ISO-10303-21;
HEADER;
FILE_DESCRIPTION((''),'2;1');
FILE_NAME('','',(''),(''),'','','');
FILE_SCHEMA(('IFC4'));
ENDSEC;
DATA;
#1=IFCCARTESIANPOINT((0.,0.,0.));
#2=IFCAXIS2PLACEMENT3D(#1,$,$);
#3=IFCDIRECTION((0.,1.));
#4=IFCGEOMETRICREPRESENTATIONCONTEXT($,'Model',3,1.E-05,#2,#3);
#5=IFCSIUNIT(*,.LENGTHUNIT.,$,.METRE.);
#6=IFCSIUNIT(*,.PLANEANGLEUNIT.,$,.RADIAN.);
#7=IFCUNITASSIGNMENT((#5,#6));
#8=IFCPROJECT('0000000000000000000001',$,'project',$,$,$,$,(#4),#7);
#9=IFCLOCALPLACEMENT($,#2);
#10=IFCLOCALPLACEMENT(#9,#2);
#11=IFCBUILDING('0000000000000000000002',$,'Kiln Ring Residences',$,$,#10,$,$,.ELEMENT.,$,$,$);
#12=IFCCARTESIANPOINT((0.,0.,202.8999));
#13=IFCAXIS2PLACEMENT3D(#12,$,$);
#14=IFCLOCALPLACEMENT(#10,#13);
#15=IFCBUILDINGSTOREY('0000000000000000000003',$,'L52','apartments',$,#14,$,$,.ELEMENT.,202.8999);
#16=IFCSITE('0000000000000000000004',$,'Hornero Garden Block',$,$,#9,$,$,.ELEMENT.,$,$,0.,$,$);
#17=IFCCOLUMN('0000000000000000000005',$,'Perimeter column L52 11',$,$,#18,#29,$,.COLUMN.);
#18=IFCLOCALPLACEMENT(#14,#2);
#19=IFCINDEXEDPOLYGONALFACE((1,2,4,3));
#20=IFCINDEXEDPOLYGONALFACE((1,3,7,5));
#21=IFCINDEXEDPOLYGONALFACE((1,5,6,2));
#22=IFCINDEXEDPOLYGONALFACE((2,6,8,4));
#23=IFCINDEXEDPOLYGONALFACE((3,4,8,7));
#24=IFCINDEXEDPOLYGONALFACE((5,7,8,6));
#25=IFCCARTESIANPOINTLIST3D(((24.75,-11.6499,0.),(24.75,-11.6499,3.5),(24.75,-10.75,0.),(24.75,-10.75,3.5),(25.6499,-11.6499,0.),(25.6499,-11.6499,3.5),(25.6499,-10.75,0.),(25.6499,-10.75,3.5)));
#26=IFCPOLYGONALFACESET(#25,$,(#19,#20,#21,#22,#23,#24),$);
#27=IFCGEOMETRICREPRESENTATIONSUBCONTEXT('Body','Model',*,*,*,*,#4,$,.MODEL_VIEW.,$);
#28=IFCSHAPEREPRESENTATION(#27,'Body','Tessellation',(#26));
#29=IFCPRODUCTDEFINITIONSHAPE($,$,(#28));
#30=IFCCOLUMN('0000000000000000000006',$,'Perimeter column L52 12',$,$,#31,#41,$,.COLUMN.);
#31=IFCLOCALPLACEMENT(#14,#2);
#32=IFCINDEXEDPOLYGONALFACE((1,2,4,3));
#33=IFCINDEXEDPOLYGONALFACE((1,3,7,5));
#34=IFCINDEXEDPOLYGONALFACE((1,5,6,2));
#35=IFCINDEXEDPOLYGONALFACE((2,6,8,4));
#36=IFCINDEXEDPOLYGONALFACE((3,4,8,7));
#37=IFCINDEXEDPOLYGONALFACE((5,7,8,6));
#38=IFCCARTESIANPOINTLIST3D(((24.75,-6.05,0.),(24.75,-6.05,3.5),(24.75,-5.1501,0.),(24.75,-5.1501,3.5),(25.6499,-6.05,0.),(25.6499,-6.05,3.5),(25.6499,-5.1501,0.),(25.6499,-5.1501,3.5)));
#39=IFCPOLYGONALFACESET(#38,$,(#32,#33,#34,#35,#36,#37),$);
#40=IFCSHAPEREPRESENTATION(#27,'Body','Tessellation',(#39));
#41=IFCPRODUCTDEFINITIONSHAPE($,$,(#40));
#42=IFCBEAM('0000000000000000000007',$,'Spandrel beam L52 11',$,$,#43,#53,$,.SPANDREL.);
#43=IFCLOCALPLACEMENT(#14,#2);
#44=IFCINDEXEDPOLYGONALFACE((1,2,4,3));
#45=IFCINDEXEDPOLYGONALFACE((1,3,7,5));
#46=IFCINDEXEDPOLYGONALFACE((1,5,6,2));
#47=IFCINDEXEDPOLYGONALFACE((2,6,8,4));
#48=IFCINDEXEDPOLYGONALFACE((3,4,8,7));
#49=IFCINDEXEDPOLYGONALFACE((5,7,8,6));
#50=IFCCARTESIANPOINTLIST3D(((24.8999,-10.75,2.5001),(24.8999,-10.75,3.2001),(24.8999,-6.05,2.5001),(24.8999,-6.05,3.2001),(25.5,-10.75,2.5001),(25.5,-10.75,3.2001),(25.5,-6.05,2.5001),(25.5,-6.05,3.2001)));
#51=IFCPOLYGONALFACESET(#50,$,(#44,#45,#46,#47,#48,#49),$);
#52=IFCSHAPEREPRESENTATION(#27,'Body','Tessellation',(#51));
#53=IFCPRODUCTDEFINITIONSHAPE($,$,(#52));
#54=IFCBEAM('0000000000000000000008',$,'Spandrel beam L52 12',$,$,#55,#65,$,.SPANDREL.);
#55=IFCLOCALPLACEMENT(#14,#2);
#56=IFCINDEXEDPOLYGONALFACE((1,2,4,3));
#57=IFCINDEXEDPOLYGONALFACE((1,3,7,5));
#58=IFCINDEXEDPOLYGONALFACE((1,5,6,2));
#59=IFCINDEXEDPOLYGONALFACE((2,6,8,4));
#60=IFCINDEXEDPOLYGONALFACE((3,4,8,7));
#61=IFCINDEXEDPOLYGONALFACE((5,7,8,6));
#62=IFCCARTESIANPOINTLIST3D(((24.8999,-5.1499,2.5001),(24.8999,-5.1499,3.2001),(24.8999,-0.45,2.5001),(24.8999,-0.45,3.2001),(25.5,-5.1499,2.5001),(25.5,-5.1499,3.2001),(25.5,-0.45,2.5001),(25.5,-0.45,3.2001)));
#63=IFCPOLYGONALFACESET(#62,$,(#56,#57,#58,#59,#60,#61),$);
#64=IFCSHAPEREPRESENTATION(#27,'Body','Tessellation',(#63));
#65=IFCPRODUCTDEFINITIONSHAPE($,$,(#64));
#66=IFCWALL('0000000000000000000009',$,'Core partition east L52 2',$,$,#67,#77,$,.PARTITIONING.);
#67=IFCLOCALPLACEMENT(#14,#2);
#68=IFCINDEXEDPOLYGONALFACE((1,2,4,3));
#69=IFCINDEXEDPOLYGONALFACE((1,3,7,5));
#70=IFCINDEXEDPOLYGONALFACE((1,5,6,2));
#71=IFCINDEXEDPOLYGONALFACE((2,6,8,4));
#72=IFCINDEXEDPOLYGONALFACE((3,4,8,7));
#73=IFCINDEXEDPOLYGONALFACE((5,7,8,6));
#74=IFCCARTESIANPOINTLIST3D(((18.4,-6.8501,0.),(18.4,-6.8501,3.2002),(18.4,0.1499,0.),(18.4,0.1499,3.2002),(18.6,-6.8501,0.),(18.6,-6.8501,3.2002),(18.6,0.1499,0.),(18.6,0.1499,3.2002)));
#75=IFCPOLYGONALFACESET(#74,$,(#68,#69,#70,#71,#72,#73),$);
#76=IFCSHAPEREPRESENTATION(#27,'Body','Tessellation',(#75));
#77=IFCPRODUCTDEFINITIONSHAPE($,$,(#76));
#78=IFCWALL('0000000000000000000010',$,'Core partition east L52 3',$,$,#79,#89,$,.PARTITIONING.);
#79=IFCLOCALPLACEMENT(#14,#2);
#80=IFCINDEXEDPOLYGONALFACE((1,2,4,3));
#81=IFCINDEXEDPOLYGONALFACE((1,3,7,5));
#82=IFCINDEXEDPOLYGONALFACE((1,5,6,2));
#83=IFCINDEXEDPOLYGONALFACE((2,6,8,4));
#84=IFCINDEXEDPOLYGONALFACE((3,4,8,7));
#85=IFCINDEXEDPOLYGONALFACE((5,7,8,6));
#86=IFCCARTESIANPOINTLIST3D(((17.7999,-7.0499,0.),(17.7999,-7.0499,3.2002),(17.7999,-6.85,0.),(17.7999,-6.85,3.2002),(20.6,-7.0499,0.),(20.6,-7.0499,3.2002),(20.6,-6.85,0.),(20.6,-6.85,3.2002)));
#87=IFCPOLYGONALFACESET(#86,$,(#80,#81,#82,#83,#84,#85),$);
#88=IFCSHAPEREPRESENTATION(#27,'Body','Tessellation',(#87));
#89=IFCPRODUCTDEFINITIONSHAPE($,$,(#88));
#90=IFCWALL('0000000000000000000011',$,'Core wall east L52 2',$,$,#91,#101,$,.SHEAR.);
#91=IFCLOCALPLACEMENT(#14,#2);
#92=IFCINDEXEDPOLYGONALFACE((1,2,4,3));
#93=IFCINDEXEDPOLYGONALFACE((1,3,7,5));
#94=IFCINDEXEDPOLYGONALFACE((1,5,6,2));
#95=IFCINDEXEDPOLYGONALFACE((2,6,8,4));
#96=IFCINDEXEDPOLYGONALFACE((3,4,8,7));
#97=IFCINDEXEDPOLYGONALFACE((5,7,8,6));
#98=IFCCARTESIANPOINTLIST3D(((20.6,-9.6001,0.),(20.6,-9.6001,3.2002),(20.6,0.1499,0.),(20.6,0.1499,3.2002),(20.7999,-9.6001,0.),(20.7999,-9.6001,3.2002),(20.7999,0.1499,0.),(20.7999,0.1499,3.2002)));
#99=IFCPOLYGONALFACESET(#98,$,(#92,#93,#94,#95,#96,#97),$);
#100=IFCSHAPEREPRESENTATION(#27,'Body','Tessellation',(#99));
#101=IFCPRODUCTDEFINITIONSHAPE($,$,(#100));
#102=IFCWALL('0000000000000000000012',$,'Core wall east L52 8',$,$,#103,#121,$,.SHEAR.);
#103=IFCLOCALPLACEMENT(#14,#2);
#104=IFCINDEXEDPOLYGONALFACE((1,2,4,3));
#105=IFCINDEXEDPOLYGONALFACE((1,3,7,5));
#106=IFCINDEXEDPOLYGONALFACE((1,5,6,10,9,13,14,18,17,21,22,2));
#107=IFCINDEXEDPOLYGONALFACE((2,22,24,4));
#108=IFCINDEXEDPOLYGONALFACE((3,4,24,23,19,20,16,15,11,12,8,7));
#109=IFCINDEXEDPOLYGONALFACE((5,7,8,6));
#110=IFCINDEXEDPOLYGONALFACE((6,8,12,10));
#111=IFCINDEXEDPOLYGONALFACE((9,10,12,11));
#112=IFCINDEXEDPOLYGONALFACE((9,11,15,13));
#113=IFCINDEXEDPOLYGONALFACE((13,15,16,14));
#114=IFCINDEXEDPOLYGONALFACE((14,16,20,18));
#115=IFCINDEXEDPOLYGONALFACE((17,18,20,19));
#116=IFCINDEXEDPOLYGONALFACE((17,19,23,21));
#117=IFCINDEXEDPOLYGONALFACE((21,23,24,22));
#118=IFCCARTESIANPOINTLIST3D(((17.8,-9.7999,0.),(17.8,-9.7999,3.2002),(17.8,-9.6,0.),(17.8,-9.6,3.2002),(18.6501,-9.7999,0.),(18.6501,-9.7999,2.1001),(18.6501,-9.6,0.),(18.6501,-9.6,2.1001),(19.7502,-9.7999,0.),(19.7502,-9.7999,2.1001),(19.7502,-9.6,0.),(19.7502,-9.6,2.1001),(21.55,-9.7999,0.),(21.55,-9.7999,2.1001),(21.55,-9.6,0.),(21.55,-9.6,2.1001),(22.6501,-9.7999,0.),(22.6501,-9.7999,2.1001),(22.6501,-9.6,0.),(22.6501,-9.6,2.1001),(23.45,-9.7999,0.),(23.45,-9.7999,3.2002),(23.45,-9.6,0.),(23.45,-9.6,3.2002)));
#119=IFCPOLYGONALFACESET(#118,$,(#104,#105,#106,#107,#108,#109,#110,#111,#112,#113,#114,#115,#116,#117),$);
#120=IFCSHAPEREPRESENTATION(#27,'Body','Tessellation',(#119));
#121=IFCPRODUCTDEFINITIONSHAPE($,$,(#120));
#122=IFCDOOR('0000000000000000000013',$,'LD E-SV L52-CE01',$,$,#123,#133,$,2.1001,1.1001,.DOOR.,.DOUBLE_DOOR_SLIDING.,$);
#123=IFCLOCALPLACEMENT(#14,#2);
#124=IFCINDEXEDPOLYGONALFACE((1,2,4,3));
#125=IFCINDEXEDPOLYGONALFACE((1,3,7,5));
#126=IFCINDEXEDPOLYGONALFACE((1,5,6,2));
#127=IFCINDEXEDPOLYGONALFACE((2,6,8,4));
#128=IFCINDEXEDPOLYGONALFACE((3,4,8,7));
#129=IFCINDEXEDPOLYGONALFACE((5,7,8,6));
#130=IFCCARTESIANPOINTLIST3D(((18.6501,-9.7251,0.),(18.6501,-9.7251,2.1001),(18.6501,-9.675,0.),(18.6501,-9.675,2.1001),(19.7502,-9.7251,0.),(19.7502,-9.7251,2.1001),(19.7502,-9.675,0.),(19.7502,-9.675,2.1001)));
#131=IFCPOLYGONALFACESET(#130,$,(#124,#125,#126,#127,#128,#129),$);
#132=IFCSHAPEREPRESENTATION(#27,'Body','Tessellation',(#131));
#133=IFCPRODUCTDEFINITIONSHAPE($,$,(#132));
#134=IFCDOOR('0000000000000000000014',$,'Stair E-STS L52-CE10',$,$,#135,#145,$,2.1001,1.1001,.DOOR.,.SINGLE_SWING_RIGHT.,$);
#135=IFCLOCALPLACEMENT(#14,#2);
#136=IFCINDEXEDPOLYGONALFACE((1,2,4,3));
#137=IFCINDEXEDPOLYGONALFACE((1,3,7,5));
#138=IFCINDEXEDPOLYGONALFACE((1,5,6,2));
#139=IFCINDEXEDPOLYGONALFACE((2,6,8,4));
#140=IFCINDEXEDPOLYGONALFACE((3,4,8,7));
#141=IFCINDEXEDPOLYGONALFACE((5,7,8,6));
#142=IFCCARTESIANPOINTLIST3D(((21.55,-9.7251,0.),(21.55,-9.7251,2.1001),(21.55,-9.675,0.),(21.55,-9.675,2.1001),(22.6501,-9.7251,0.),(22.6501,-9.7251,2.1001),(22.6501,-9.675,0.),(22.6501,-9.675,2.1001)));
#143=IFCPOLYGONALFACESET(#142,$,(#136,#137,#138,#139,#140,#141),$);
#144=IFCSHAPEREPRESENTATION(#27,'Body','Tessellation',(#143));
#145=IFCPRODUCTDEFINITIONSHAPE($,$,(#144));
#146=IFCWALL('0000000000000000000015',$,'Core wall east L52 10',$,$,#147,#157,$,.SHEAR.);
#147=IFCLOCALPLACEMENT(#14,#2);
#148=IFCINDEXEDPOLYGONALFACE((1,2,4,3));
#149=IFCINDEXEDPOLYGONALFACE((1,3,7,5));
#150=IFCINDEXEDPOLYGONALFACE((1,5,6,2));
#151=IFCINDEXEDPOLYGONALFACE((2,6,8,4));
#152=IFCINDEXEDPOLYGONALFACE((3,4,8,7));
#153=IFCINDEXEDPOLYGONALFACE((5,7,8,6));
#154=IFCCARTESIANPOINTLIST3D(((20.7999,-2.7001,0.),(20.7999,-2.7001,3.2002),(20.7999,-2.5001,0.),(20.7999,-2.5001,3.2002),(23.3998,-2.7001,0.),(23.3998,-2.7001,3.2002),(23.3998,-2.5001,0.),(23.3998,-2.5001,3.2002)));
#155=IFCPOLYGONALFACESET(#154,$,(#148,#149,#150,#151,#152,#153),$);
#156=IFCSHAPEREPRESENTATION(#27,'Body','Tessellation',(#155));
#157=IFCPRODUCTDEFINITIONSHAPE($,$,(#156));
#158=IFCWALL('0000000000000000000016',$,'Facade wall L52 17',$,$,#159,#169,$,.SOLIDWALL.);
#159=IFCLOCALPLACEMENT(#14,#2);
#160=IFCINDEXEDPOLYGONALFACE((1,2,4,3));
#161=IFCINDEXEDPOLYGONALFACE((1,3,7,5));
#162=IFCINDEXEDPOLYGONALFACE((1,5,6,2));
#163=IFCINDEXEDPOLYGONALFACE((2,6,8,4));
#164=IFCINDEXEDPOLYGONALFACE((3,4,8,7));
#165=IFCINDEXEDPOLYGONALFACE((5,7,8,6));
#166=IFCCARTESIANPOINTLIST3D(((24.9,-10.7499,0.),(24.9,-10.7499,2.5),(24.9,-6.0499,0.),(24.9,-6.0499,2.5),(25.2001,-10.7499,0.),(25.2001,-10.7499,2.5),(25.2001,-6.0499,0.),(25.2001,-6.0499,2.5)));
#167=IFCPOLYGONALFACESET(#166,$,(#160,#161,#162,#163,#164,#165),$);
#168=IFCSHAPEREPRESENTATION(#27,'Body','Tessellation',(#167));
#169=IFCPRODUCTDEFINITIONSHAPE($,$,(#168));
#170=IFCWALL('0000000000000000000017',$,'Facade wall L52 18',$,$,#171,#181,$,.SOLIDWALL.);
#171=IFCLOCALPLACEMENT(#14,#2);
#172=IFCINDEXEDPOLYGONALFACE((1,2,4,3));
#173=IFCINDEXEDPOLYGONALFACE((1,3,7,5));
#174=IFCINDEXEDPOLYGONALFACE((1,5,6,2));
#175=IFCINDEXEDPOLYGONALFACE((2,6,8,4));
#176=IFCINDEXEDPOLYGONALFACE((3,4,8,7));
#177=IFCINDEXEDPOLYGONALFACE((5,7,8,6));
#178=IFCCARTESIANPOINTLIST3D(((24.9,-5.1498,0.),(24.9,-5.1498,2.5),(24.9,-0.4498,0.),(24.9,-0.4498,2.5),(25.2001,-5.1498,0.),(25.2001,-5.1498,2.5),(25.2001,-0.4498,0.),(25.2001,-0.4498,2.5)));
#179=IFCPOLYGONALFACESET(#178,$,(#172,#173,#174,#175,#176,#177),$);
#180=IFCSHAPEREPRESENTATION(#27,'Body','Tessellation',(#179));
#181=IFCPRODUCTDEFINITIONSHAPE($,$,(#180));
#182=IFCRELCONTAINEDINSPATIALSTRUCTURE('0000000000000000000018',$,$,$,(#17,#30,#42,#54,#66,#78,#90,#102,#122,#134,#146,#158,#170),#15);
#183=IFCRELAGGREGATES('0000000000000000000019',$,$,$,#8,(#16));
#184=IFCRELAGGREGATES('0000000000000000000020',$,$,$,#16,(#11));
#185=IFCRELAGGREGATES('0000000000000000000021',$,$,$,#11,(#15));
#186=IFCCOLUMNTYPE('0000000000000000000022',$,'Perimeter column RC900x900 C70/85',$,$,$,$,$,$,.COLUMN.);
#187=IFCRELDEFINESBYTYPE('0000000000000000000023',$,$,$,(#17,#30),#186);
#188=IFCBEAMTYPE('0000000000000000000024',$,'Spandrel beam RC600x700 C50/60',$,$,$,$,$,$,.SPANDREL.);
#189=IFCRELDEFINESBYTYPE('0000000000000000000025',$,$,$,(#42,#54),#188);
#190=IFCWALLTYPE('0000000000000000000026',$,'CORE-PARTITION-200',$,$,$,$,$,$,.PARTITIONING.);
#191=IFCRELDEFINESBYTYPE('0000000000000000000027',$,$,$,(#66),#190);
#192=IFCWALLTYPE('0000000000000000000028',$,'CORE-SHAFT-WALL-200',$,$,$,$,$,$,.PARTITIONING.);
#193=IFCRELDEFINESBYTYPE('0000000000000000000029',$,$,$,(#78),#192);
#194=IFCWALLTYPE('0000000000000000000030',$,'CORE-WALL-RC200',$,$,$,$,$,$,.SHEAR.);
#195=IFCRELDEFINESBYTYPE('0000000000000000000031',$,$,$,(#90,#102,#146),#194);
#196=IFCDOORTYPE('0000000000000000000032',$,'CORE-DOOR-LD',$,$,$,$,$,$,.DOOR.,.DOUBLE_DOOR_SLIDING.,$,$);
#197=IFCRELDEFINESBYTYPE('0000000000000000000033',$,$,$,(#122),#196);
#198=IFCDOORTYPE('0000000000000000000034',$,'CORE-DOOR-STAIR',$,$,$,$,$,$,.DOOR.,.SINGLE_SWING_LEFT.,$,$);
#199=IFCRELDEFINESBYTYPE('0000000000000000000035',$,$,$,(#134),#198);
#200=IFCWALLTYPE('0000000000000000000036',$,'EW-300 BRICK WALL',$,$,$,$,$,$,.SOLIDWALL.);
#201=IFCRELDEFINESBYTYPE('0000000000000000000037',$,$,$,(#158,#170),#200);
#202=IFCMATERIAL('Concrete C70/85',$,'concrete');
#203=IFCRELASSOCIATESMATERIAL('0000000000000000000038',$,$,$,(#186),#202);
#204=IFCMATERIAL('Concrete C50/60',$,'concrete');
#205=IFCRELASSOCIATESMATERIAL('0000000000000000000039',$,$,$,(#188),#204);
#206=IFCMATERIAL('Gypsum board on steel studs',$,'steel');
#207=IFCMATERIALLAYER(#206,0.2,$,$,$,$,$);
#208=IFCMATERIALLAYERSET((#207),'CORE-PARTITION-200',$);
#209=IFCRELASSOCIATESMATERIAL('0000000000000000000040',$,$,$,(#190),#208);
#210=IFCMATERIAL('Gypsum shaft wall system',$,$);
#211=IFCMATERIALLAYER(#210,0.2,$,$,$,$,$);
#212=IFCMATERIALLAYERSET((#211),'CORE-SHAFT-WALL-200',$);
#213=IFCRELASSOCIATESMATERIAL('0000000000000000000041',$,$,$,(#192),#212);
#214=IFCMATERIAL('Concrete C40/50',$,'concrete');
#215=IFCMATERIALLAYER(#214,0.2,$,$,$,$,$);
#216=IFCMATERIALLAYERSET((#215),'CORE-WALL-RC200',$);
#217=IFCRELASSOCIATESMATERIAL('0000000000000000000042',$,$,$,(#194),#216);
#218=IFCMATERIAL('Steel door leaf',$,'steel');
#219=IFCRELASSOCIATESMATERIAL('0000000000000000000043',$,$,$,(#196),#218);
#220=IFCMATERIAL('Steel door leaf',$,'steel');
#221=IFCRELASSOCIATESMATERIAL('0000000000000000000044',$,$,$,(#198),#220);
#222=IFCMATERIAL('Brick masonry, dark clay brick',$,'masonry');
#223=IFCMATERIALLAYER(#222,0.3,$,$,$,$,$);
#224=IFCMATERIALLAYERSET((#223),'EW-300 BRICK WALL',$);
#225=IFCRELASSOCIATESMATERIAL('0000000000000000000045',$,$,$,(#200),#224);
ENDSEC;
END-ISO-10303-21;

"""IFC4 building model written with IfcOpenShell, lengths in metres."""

from ifc_helpers import new_model, si_unit, direction, frame, frame_2d, origin, origin_2d, place, context, subcontext, project, spatial, rectangle, extrude, material, layer, layer_set, material_profile, profile_set, type_object, element, fill, save


model = new_model("IFC4")

# Units and contexts
model_context = context("Model", 3, precision=1e-05, world=origin(), true_north=direction((0.0, 1.0)))
body_context = subcontext(model_context, "Body", "Model", "MODEL_VIEW")
ifc_project = project(units=[si_unit("LENGTHUNIT", "METRE"), si_unit("PLANEANGLEUNIT", "RADIAN")], contexts=[model_context])

# Site, building, storey
site_placement = place(None, origin())
site = spatial("IfcSite", under=ifc_project, at=site_placement, Name="Hornero Garden Block", CompositionType="ELEMENT", RefElevation=0.0)
building_placement = place(site_placement, origin())
building = spatial("IfcBuilding", under=site, at=building_placement, Name="Kiln Ring Residences", CompositionType="ELEMENT")
storey_placement = place(building_placement, frame((0.0, 0.0, 202.8999)))
storey = spatial("IfcBuildingStorey", under=building, at=storey_placement, Name="L52", Description="apartments", CompositionType="ELEMENT", Elevation=202.8999)

# Columns
ifc_material_1 = material(Name="Concrete C70/85", Category="concrete")
ifc_material_profile_1 = material_profile(ifc_material_1, rectangle(XDim=0.8999, YDim=0.8999, at=origin_2d()), Name="RC900x900")
ifc_profile_set_1 = profile_set([ifc_material_profile_1], Name="Concrete C70/85")
column_type = type_object("IfcColumnType", Name="Perimeter column RC900x900 C70/85", PredefinedType="COLUMN", material=ifc_profile_set_1)
for number, where, z_axis, x_axis, name in (
    (1, (25.2, -11.2, 0.0), (0.0, 0.0, 1.0), (1.0, 0.0, 0.0), "Perimeter column L52 11"),
    (2, (25.2, -5.6001, 0.0), (0.0, 0.0, 1.0), (1.0, 0.0, 0.0), "Perimeter column L52 12"),
):
    element("IfcColumn", number, at=place(storey_placement, frame(where, z_axis=z_axis, x_axis=x_axis)), inside=storey, type_object=column_type, Name=name, PredefinedType="COLUMN", context=body_context, shape_type="SweptSolid", body=[
        extrude(rectangle(XDim=0.8999, YDim=0.8999, at=origin_2d()), origin(), (0.0, 0.0, 1.0), 3.5),
    ])

# Beams
ifc_material_2 = material(Name="Concrete C50/60", Category="concrete")
ifc_material_profile_2 = material_profile(ifc_material_2, rectangle(XDim=0.6001, YDim=0.7, at=origin_2d()), Name="RC600x700")
ifc_profile_set_2 = profile_set([ifc_material_profile_2], Name="Concrete C50/60")
beam_type = type_object("IfcBeamType", Name="Spandrel beam RC600x700 C50/60", PredefinedType="SPANDREL", material=ifc_profile_set_2)
for number, where, z_axis, x_axis, name in (
    (3, (25.2, -10.75, 2.8501), (0.0, 1.0, 0.0), (-1.0, 0.0, 0.0), "Spandrel beam L52 11"),
    (4, (25.2, -5.1499, 2.8501), (0.0, 1.0, 0.0), (-1.0, 0.0, 0.0), "Spandrel beam L52 12"),
):
    element("IfcBeam", number, at=place(storey_placement, frame(where, z_axis=z_axis, x_axis=x_axis)), inside=storey, type_object=beam_type, Name=name, PredefinedType="SPANDREL", context=body_context, shape_type="SweptSolid", body=[
        extrude(rectangle(XDim=0.6001, YDim=0.7, at=origin_2d()), origin(), (0.0, 0.0, 1.0), 4.7),
    ])

# Walls
ifc_material_3 = material(Name="Gypsum board on steel studs", Category="steel")
ifc_layer_1 = layer(ifc_material_3, 0.2)
ifc_layer_set_1 = layer_set([ifc_layer_1], Name="CORE-PARTITION-200")
wall_type_1 = type_object("IfcWallType", Name="CORE-PARTITION-200", PredefinedType="PARTITIONING", material=ifc_layer_set_1)
wall_1_placement = place(storey_placement, frame((18.5, -6.8501, 0.0), z_axis=(0.0, 0.0, 1.0), x_axis=(0.0, 1.0, 0.0)))
element("IfcWall", 5, at=wall_1_placement, inside=storey, type_object=wall_type_1, Name="Core partition east L52 2", PredefinedType="PARTITIONING", context=body_context, shape_type="SweptSolid", body=[
    extrude(rectangle(XDim=7.0, YDim=0.2, at=frame_2d((3.5, 0.0))), origin(), (0.0, 0.0, 1.0), 3.2002),
])
ifc_material_4 = material(Name="Gypsum shaft wall system")
ifc_layer_2 = layer(ifc_material_4, 0.2)
ifc_layer_set_2 = layer_set([ifc_layer_2], Name="CORE-SHAFT-WALL-200")
wall_type_2 = type_object("IfcWallType", Name="CORE-SHAFT-WALL-200", PredefinedType="PARTITIONING", material=ifc_layer_set_2)
wall_2_placement = place(storey_placement, frame((17.8, -6.95, 0.0), z_axis=(0.0, 0.0, 1.0), x_axis=(1.0, 0.0, 0.0)))
element("IfcWall", 6, at=wall_2_placement, inside=storey, type_object=wall_type_2, Name="Core partition east L52 3", PredefinedType="PARTITIONING", context=body_context, shape_type="SweptSolid", body=[
    extrude(rectangle(XDim=2.8, YDim=0.2, at=frame_2d((1.3999, 0.0))), origin(), (0.0, 0.0, 1.0), 3.2002),
])
ifc_material_5 = material(Name="Concrete C40/50", Category="concrete")
ifc_layer_3 = layer(ifc_material_5, 0.2)
ifc_layer_set_3 = layer_set([ifc_layer_3], Name="CORE-WALL-RC200")
wall_type_3 = type_object("IfcWallType", Name="CORE-WALL-RC200", PredefinedType="SHEAR", material=ifc_layer_set_3)
wall_3_placement = place(storey_placement, frame((20.7, -9.6001, 0.0), z_axis=(0.0, 0.0, 1.0), x_axis=(0.0, 1.0, 0.0)))
element("IfcWall", 7, at=wall_3_placement, inside=storey, type_object=wall_type_3, Name="Core wall east L52 2", PredefinedType="SHEAR", context=body_context, shape_type="SweptSolid", body=[
    extrude(rectangle(XDim=9.75, YDim=0.2, at=frame_2d((4.875, 0.0))), origin(), (0.0, 0.0, 1.0), 3.2002),
])

# Wall, openings, doors
wall_4_placement = place(storey_placement, frame((17.8, -9.7, 0.0), z_axis=(0.0, 0.0, 1.0), x_axis=(1.0, 0.0, 0.0)))
wall_4 = element("IfcWall", 8, at=wall_4_placement, inside=storey, type_object=wall_type_3, Name="Core wall east L52 8", PredefinedType="SHEAR", context=body_context, shape_type="SweptSolid", body=[
    extrude(rectangle(XDim=5.6499, YDim=0.2, at=frame_2d((2.825, 0.0))), origin(), (0.0, 0.0, 1.0), 3.2002),
])
opening_1_placement = place(wall_4_placement, frame((0.8501, 0.0, 0.0)))
opening_1 = element("IfcOpeningElement", 9, at=opening_1_placement, cuts=wall_4, PredefinedType="OPENING", context=body_context, shape_type="SweptSolid", body=[
    extrude(rectangle(XDim=1.1001, YDim=2.1001, at=frame_2d((0.55, 1.05))), frame((0.0, 0.1099, 0.0), z_axis=(0.0, -1.0, 0.0), x_axis=(1.0, 0.0, 0.0)), (0.0, 0.0, 1.0), 0.22),
])
opening_2_placement = place(wall_4_placement, frame((3.75, 0.0, 0.0)))
opening_2 = element("IfcOpeningElement", 10, at=opening_2_placement, cuts=wall_4, PredefinedType="OPENING", context=body_context, shape_type="SweptSolid", body=[
    extrude(rectangle(XDim=1.1001, YDim=2.1001, at=frame_2d((0.55, 1.05))), frame((0.0, 0.1099, 0.0), z_axis=(0.0, -1.0, 0.0), x_axis=(1.0, 0.0, 0.0)), (0.0, 0.0, 1.0), 0.22),
])
ifc_material_6 = material(Name="Steel door leaf", Category="steel")
door_type_1 = type_object("IfcDoorType", Name="CORE-DOOR-LD", OperationType="DOUBLE_DOOR_SLIDING", PredefinedType="DOOR", material=ifc_material_6)
door_1_placement = place(opening_1_placement, origin())
door_1 = element("IfcDoor", 11, at=door_1_placement, inside=storey, type_object=door_type_1, Name="LD E-SV L52-CE01", OperationType="DOUBLE_DOOR_SLIDING", OverallHeight=2.1001, OverallWidth=1.1001, PredefinedType="DOOR", context=body_context, shape_type="SweptSolid", body=[
    extrude(rectangle(XDim=1.1001, YDim=2.1001, at=frame_2d((0.55, 1.05))), frame((0.0, 0.0249, 0.0), z_axis=(0.0, -1.0, 0.0), x_axis=(1.0, 0.0, 0.0)), (0.0, 0.0, 1.0), 0.05),
])
fill(opening_1, door_1)
ifc_material_7 = material(Name="Steel door leaf", Category="steel")
door_type_2 = type_object("IfcDoorType", Name="CORE-DOOR-STAIR", OperationType="SINGLE_SWING_LEFT", PredefinedType="DOOR", material=ifc_material_7)
door_2_placement = place(opening_2_placement, origin())
door_2 = element("IfcDoor", 12, at=door_2_placement, inside=storey, type_object=door_type_2, Name="Stair E-STS L52-CE10", OperationType="SINGLE_SWING_RIGHT", OverallHeight=2.1001, OverallWidth=1.1001, PredefinedType="DOOR", context=body_context, shape_type="SweptSolid", body=[
    extrude(rectangle(XDim=1.1001, YDim=2.1001, at=frame_2d((0.55, 1.05))), frame((0.0, 0.0249, 0.0), z_axis=(0.0, -1.0, 0.0), x_axis=(1.0, 0.0, 0.0)), (0.0, 0.0, 1.0), 0.05),
])
fill(opening_2, door_2)

# Walls
wall_5_placement = place(storey_placement, frame((20.8, -2.6001, 0.0), z_axis=(0.0, 0.0, 1.0), x_axis=(1.0, 0.0, 0.0)))
element("IfcWall", 13, at=wall_5_placement, inside=storey, type_object=wall_type_3, Name="Core wall east L52 10", PredefinedType="SHEAR", context=body_context, shape_type="SweptSolid", body=[
    extrude(rectangle(XDim=2.5999, YDim=0.2, at=frame_2d((1.2998, 0.0))), origin(), (0.0, 0.0, 1.0), 3.2002),
])
ifc_material_8 = material(Name="Brick masonry, dark clay brick", Category="masonry")
ifc_layer_4 = layer(ifc_material_8, 0.3)
ifc_layer_set_4 = layer_set([ifc_layer_4], Name="EW-300 BRICK WALL")
wall_type_4 = type_object("IfcWallType", Name="EW-300 BRICK WALL", PredefinedType="SOLIDWALL", material=ifc_layer_set_4)
for number, where, z_axis, x_axis, name in (
    (14, (25.05, -10.75, 0.0), (0.0, 0.0, 1.0), (0.0, 1.0, 0.0), "Facade wall L52 17"),
    (15, (25.05, -5.1499, 0.0), (0.0, 0.0, 1.0), (0.0, 1.0, 0.0), "Facade wall L52 18"),
):
    element("IfcWall", number, at=place(storey_placement, frame(where, z_axis=z_axis, x_axis=x_axis)), inside=storey, type_object=wall_type_4, Name=name, PredefinedType="SOLIDWALL", context=body_context, shape_type="SweptSolid", body=[
        extrude(rectangle(XDim=4.7, YDim=0.3, at=frame_2d((2.3501, 0.0))), origin(), (0.0, 0.0, 1.0), 2.5),
    ])

save(model, "model.ifc")
